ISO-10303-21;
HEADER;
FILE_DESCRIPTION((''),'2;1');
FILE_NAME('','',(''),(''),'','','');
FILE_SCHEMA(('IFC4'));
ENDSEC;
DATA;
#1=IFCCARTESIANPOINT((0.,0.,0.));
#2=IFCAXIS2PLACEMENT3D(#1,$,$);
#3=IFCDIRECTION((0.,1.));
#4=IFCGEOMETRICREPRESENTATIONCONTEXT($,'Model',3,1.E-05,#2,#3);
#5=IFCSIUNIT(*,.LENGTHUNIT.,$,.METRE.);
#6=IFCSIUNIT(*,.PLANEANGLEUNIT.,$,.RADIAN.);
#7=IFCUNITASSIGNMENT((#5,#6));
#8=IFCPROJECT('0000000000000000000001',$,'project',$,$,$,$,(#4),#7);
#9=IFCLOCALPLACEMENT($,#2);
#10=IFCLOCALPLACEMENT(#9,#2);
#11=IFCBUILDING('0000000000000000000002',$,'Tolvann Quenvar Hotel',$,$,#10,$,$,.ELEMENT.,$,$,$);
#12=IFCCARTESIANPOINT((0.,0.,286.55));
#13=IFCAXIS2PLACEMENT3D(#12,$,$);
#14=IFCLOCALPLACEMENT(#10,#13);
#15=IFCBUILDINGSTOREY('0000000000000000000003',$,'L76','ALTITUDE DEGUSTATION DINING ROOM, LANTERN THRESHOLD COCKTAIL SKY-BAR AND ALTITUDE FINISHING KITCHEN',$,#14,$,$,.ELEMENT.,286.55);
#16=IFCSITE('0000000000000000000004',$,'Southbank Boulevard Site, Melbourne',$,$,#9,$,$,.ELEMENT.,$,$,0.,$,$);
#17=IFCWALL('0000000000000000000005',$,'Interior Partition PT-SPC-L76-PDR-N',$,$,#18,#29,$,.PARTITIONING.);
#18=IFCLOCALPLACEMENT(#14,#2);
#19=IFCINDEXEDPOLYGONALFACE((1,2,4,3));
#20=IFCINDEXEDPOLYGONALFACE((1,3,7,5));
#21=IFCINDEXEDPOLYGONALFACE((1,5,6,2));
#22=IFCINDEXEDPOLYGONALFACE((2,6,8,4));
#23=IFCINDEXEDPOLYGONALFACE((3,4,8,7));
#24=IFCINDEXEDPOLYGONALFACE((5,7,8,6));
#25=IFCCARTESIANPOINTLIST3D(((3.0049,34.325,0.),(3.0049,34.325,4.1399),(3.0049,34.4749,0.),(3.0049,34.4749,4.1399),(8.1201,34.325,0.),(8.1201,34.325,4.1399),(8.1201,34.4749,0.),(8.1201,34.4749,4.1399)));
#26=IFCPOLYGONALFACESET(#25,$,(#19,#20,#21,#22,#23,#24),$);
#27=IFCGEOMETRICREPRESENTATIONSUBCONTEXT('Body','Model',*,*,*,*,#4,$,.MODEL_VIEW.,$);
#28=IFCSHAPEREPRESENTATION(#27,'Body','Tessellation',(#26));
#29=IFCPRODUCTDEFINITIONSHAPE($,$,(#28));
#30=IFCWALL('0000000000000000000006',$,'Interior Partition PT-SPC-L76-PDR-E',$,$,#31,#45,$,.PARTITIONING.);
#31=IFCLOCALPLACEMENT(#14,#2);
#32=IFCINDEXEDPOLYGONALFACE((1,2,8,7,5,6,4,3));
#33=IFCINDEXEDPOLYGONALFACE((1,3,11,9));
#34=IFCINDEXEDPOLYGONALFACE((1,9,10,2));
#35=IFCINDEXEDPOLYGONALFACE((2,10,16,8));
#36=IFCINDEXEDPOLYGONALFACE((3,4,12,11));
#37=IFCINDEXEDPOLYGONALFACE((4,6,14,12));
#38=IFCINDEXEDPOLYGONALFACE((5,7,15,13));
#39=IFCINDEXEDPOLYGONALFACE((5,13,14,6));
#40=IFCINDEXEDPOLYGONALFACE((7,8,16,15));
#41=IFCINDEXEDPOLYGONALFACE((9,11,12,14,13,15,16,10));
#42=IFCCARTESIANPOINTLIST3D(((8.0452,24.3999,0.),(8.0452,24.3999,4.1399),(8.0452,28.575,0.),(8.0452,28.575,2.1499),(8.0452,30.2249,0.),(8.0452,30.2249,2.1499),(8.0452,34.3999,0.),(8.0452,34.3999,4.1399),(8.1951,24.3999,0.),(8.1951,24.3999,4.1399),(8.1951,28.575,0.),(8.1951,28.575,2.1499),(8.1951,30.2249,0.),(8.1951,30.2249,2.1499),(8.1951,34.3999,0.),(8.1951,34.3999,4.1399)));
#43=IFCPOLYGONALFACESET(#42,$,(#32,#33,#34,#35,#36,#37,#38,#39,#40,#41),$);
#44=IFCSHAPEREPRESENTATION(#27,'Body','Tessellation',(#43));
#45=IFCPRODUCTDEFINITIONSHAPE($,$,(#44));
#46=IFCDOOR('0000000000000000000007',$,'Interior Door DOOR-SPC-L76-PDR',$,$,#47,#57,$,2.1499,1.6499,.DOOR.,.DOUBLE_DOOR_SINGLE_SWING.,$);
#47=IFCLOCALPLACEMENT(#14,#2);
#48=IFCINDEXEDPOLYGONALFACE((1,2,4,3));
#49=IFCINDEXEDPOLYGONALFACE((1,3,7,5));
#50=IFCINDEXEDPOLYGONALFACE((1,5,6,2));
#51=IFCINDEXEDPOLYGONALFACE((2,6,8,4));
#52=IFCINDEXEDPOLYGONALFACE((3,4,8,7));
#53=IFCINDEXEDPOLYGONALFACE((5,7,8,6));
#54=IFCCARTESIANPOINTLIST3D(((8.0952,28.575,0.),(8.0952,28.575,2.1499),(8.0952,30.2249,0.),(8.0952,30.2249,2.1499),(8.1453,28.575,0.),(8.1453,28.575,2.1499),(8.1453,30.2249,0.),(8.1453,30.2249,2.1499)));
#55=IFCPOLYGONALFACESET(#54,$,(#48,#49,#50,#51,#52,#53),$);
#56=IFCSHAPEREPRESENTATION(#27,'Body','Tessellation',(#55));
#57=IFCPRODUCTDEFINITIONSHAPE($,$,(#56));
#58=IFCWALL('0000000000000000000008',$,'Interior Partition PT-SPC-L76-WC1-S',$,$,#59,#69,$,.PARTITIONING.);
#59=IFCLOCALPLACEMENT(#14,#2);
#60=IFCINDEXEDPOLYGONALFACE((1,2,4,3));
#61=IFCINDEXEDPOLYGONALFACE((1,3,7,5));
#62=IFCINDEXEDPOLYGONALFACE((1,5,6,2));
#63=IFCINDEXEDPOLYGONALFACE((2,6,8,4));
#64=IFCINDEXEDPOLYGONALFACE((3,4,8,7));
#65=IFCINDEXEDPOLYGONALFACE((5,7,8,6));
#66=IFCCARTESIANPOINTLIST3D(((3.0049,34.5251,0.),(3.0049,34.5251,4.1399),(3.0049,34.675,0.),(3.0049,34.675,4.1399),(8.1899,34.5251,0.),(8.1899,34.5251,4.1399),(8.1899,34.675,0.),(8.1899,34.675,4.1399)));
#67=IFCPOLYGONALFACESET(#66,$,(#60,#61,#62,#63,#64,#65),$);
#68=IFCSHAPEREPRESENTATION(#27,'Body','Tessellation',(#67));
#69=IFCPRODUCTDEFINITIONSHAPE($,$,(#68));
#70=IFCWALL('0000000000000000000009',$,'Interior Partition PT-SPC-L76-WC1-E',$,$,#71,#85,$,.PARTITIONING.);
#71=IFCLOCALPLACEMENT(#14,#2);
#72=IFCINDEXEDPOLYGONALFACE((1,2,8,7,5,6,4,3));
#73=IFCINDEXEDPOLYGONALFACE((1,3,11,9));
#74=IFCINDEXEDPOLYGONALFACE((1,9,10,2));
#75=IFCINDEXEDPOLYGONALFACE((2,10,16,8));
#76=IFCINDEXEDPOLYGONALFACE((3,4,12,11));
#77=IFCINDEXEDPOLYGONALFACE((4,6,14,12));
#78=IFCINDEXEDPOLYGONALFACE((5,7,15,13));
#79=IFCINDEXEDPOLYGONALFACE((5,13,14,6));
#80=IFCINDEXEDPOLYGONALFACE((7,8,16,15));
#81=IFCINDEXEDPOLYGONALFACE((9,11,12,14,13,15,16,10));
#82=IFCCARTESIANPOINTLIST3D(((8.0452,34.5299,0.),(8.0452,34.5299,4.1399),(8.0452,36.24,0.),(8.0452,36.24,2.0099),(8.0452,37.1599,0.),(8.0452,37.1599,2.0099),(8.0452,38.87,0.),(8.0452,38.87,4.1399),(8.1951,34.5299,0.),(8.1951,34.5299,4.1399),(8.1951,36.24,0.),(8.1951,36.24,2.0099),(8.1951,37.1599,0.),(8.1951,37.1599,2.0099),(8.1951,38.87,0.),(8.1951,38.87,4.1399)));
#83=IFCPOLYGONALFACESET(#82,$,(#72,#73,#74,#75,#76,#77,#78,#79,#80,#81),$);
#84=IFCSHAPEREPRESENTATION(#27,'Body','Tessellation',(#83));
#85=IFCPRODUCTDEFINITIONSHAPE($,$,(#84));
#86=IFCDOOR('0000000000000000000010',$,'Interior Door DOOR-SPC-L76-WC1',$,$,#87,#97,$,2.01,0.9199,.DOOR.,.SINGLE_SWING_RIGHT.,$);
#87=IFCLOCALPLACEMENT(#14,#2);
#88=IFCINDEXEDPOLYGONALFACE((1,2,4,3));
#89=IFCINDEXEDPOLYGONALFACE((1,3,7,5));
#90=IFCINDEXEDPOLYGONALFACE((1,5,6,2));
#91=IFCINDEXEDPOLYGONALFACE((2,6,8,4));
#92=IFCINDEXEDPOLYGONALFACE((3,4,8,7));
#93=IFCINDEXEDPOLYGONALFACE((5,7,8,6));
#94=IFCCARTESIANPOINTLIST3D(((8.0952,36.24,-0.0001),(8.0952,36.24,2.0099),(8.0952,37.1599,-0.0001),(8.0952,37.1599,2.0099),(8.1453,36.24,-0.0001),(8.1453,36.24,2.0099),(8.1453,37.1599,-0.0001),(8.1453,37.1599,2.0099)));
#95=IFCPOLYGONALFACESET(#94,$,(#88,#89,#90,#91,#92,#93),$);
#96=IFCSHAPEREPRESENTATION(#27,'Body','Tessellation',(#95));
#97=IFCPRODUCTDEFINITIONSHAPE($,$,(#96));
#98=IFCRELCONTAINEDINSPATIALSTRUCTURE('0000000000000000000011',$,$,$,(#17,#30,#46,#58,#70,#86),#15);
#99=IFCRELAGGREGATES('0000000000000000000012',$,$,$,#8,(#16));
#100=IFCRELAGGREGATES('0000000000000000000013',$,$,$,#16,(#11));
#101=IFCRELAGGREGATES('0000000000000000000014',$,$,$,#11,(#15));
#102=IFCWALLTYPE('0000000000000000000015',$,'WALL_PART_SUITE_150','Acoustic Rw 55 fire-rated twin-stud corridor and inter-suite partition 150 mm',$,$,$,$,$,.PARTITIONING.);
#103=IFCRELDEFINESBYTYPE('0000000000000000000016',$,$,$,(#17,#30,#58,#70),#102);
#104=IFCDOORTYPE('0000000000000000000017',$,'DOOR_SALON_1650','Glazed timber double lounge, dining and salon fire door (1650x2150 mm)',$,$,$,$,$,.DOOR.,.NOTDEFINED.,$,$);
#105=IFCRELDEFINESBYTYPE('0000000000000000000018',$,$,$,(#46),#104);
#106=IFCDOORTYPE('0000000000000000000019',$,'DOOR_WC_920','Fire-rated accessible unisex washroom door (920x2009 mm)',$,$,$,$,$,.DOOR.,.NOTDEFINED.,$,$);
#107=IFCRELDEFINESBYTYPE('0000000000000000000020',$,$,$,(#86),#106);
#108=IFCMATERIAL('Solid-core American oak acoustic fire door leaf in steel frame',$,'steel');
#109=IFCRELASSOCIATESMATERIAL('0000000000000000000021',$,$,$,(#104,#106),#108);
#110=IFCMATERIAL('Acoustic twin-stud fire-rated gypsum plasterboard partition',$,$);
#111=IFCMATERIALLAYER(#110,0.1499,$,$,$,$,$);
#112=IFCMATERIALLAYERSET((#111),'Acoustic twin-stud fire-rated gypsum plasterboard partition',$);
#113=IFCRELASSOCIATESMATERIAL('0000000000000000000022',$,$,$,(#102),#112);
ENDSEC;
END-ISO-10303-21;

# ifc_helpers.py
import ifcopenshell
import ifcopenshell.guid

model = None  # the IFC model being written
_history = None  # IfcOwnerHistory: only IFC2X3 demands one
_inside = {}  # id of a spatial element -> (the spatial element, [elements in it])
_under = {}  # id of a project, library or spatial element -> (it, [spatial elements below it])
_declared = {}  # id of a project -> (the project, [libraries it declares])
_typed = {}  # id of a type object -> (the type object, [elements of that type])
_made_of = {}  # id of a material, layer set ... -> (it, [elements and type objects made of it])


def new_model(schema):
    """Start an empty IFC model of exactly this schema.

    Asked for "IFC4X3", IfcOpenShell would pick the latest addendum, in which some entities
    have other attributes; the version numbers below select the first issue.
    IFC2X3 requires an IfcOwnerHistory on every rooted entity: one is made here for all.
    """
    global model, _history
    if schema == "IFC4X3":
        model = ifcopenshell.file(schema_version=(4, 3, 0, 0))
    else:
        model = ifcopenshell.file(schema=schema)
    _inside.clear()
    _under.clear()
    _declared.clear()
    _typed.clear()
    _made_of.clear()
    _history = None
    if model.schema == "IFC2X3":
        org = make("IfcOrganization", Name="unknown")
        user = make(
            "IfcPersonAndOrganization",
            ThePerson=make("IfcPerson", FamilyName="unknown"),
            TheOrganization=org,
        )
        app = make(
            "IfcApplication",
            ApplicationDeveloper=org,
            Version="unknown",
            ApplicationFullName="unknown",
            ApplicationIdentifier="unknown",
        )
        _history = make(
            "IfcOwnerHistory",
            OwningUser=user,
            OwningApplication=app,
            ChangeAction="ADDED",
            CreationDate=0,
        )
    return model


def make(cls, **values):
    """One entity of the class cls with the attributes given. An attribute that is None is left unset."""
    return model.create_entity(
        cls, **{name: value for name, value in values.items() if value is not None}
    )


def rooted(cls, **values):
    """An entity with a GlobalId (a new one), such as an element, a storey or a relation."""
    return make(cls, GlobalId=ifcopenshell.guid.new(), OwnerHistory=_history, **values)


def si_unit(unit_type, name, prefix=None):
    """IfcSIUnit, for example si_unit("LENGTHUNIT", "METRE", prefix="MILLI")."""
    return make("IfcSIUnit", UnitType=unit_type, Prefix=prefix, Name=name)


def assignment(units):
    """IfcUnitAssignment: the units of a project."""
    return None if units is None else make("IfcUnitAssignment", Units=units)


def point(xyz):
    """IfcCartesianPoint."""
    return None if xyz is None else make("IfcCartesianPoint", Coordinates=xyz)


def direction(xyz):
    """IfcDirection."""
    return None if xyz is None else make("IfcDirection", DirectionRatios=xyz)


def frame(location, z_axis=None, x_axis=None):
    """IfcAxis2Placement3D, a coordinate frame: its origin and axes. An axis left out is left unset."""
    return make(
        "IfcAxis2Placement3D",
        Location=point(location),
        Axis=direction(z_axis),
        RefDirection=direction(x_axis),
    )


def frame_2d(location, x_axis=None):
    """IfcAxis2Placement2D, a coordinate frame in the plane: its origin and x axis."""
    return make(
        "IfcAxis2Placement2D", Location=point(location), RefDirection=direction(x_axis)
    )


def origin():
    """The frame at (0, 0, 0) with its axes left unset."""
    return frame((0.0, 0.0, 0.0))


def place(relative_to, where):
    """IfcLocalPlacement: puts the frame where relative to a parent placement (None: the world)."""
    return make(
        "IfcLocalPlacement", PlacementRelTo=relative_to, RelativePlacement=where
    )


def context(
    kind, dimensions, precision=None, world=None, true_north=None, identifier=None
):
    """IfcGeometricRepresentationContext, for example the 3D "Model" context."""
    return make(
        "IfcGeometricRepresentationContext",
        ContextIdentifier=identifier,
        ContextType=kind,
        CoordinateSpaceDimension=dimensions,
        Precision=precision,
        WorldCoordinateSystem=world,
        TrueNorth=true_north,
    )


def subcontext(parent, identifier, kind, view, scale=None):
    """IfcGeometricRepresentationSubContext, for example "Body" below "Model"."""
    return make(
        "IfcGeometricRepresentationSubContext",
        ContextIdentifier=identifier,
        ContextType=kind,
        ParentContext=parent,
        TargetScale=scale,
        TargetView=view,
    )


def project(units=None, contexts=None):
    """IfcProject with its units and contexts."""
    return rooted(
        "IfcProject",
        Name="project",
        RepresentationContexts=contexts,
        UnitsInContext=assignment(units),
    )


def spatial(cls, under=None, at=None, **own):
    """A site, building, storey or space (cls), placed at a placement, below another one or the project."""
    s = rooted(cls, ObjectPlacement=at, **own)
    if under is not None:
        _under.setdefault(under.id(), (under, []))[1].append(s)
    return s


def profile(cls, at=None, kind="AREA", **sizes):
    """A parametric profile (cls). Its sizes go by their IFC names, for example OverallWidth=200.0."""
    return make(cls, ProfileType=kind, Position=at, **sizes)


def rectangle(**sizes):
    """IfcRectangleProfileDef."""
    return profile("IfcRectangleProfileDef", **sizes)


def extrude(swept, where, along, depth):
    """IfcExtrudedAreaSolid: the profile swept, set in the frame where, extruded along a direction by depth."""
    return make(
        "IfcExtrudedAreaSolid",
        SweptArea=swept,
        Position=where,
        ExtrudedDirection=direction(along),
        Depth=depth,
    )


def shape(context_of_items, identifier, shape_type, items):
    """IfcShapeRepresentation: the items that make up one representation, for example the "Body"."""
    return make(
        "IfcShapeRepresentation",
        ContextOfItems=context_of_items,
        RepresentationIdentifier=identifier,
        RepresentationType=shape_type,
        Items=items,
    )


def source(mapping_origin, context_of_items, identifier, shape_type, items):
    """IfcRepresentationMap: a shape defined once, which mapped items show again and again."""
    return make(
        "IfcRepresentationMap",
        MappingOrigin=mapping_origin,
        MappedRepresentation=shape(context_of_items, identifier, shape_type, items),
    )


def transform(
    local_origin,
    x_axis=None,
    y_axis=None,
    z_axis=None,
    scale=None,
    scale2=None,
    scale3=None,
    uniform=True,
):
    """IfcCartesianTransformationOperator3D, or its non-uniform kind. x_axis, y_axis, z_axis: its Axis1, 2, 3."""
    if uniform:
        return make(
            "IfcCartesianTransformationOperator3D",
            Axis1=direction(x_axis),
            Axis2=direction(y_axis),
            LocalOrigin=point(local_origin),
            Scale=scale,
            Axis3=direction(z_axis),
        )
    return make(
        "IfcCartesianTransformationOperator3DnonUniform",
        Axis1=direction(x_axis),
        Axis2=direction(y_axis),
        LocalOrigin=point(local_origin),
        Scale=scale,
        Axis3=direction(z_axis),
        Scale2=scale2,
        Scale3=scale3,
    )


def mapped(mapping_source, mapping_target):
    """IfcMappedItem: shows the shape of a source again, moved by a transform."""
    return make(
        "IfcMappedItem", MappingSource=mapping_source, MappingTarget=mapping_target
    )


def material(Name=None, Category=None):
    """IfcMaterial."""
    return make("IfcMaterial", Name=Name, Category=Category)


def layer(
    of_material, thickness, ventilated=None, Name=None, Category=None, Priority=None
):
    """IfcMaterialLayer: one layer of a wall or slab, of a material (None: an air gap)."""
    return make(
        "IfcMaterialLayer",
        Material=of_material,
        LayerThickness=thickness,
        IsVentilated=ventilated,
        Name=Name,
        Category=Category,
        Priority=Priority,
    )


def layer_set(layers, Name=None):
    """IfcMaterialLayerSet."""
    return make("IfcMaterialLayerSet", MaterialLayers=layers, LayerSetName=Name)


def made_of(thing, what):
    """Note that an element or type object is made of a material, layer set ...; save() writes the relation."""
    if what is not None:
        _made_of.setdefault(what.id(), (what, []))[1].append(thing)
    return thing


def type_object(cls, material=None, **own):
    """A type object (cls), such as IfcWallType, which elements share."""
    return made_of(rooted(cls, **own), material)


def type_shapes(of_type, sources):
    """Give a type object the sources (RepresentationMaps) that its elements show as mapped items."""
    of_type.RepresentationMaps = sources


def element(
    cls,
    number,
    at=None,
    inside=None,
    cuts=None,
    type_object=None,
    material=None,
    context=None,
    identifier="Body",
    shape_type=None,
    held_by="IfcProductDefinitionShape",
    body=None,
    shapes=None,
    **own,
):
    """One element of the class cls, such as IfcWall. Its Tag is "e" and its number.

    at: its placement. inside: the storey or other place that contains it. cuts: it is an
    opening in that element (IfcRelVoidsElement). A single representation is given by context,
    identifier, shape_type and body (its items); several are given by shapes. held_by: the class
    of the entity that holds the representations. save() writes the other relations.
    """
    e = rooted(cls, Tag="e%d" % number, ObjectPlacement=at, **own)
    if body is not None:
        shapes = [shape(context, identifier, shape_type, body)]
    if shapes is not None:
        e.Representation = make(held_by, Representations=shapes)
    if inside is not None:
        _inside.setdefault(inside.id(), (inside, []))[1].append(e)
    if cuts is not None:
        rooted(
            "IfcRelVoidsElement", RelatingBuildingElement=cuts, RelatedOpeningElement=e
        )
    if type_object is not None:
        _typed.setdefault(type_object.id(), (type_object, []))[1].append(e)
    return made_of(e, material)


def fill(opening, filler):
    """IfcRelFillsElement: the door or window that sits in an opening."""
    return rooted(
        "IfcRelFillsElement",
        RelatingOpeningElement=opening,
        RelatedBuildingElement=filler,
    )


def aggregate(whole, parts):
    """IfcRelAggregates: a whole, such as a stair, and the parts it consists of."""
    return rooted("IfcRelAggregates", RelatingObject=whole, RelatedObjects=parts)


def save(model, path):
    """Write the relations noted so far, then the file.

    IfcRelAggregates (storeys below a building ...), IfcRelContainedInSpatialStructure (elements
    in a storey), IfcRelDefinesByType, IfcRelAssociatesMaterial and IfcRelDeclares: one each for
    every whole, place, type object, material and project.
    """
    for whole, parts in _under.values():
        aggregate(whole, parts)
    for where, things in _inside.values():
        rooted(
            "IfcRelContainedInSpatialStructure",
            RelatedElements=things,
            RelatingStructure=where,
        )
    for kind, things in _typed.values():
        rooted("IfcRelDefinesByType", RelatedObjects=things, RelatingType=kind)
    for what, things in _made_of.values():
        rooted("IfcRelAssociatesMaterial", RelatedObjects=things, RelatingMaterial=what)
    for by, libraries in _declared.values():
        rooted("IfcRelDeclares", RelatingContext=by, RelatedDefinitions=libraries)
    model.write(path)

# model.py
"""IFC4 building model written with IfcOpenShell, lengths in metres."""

from ifc_helpers import new_model, si_unit, direction, frame, frame_2d, origin, place, context, subcontext, project, spatial, rectangle, extrude, source, transform, mapped, material, layer, layer_set, type_object, type_shapes, element, fill, save


model = new_model("IFC4")

# Units and contexts
model_context = context("Model", 3, precision=1e-05, world=origin(), true_north=direction((0.0, 1.0)))
body_context = subcontext(model_context, "Body", "Model", "MODEL_VIEW")
ifc_project = project(units=[si_unit("LENGTHUNIT", "METRE"), si_unit("PLANEANGLEUNIT", "RADIAN")], contexts=[model_context])

# Site, building, storey
site_placement = place(None, origin())
site = spatial("IfcSite", under=ifc_project, at=site_placement, Name="Southbank Boulevard Site, Melbourne", CompositionType="ELEMENT", RefElevation=0.0)
building_placement = place(site_placement, origin())
building = spatial("IfcBuilding", under=site, at=building_placement, Name="Tolvann Quenvar Hotel", CompositionType="ELEMENT")
storey_placement = place(building_placement, frame((0.0, 0.0, 286.55)))
storey = spatial("IfcBuildingStorey", under=building, at=storey_placement, Name="L76", Description="ALTITUDE DEGUSTATION DINING ROOM, LANTERN THRESHOLD COCKTAIL SKY-BAR AND ALTITUDE FINISHING KITCHEN", CompositionType="ELEMENT", Elevation=286.55)

# Shared definitions
ifc_material_1 = material(Name="Solid-core American oak acoustic fire door leaf in steel frame", Category="steel")

# Shared definitions
ifc_material_2 = material(Name="Acoustic twin-stud fire-rated gypsum plasterboard partition")
door_type_1 = type_object("IfcDoorType", Name="DOOR_SALON_1650", Description="Glazed timber double lounge, dining and salon fire door (1650x2150 mm)", OperationType="NOTDEFINED", PredefinedType="DOOR", material=ifc_material_1)
shared_shape_1 = source(origin(), body_context, "Body", "SweptSolid", [
    extrude(rectangle(XDim=1.6499, YDim=2.1499, at=frame_2d((0.825, 1.075))), frame((0.0, 0.0249, 0.0), z_axis=(0.0, -1.0, 0.0), x_axis=(1.0, 0.0, 0.0)), (0.0, 0.0, 1.0), 0.05),
])
type_shapes(door_type_1, [shared_shape_1])

# Wall
ifc_layer_1 = layer(ifc_material_2, 0.1499)
ifc_layer_set_1 = layer_set([ifc_layer_1], Name="Acoustic twin-stud fire-rated gypsum plasterboard partition")
wall_type_1 = type_object("IfcWallType", Name="WALL_PART_SUITE_150", Description="Acoustic Rw 55 fire-rated twin-stud corridor and inter-suite partition 150 mm", PredefinedType="PARTITIONING", material=ifc_layer_set_1)
wall_1_placement = place(storey_placement, frame((3.0049, 34.3999, 0.0), z_axis=(0.0, 0.0, 1.0), x_axis=(1.0, 0.0, 0.0)))
element("IfcWall", 1, at=wall_1_placement, inside=storey, type_object=wall_type_1, Name="Interior Partition PT-SPC-L76-PDR-N", PredefinedType="PARTITIONING", context=body_context, shape_type="SweptSolid", body=[
    extrude(rectangle(XDim=5.1152, YDim=0.1499, at=frame_2d((2.5576, 0.0))), origin(), (0.0, 0.0, 1.0), 4.1399),
])

# Wall, opening, door
wall_2_placement = place(storey_placement, frame((8.1201, 24.3999, 0.0), z_axis=(0.0, 0.0, 1.0), x_axis=(0.0, 1.0, 0.0)))
wall_2 = element("IfcWall", 2, at=wall_2_placement, inside=storey, type_object=wall_type_1, Name="Interior Partition PT-SPC-L76-PDR-E", PredefinedType="PARTITIONING", context=body_context, shape_type="SweptSolid", body=[
    extrude(rectangle(XDim=10.0, YDim=0.1499, at=frame_2d((5.0, 0.0))), origin(), (0.0, 0.0, 1.0), 4.1399),
])
opening_1_placement = place(wall_2_placement, frame((4.175, 0.0, 0.0)))
opening_1 = element("IfcOpeningElement", 3, at=opening_1_placement, cuts=wall_2, PredefinedType="OPENING", context=body_context, shape_type="SweptSolid", body=[
    extrude(rectangle(XDim=1.6499, YDim=2.1499, at=frame_2d((0.825, 1.075))), frame((0.0, 0.085, 0.0), z_axis=(0.0, -1.0, 0.0), x_axis=(1.0, 0.0, 0.0)), (0.0, 0.0, 1.0), 0.1699),
])
door_1_placement = place(opening_1_placement, origin())
door_1 = element("IfcDoor", 4, at=door_1_placement, inside=storey, type_object=door_type_1, Name="Interior Door DOOR-SPC-L76-PDR", OperationType="DOUBLE_DOOR_SINGLE_SWING", OverallHeight=2.1499, OverallWidth=1.6499, PredefinedType="DOOR", context=body_context, shape_type="MappedRepresentation", body=[
    mapped(shared_shape_1, transform((0.0, 0.0, 0.0), x_axis=(1.0, 0.0, 0.0), y_axis=(0.0, 1.0, 0.0), z_axis=(0.0, 0.0, 1.0), scale=1.0)),
])
fill(opening_1, door_1)

# Wall
wall_3_placement = place(storey_placement, frame((3.0049, 34.6001, 0.0), z_axis=(0.0, 0.0, 1.0), x_axis=(1.0, 0.0, 0.0)))
element("IfcWall", 5, at=wall_3_placement, inside=storey, type_object=wall_type_1, Name="Interior Partition PT-SPC-L76-WC1-S", PredefinedType="PARTITIONING", context=body_context, shape_type="SweptSolid", body=[
    extrude(rectangle(XDim=5.1851, YDim=0.1499, at=frame_2d((2.5925, 0.0))), origin(), (0.0, 0.0, 1.0), 4.1399),
])

# Wall, opening, door
wall_4_placement = place(storey_placement, frame((8.1201, 34.53, 0.0), z_axis=(0.0, 0.0, 1.0), x_axis=(0.0, 1.0, 0.0)))
wall_4 = element("IfcWall", 6, at=wall_4_placement, inside=storey, type_object=wall_type_1, Name="Interior Partition PT-SPC-L76-WC1-E", PredefinedType="PARTITIONING", context=body_context, shape_type="SweptSolid", body=[
    extrude(rectangle(XDim=4.3401, YDim=0.1499, at=frame_2d((2.1699, 0.0))), origin(), (0.0, 0.0, 1.0), 4.1399),
])
opening_2_placement = place(wall_4_placement, frame((1.71, 0.0, 0.0)))
opening_2 = element("IfcOpeningElement", 7, at=opening_2_placement, cuts=wall_4, PredefinedType="OPENING", context=body_context, shape_type="SweptSolid", body=[
    extrude(rectangle(XDim=0.9199, YDim=2.01, at=frame_2d((0.46, 1.0049))), frame((0.0, 0.085, 0.0), z_axis=(0.0, -1.0, 0.0), x_axis=(1.0, 0.0, 0.0)), (0.0, 0.0, 1.0), 0.1699),
])
door_type_2 = type_object("IfcDoorType", Name="DOOR_WC_920", Description="Fire-rated accessible unisex washroom door (920x2009 mm)", OperationType="NOTDEFINED", PredefinedType="DOOR", material=ifc_material_1)
shared_shape_2 = source(origin(), body_context, "Body", "SweptSolid", [
    extrude(rectangle(XDim=0.9199, YDim=2.01, at=frame_2d((0.46, 1.0049))), frame((0.0, 0.0249, 0.0), z_axis=(0.0, -1.0, 0.0), x_axis=(1.0, 0.0, 0.0)), (0.0, 0.0, 1.0), 0.05),
])
type_shapes(door_type_2, [shared_shape_2])
door_2_placement = place(opening_2_placement, origin())
door_2 = element("IfcDoor", 8, at=door_2_placement, inside=storey, type_object=door_type_2, Name="Interior Door DOOR-SPC-L76-WC1", OperationType="SINGLE_SWING_RIGHT", OverallHeight=2.01, OverallWidth=0.9199, PredefinedType="DOOR", context=body_context, shape_type="MappedRepresentation", body=[
    mapped(shared_shape_2, transform((0.0, 0.0, 0.0), x_axis=(1.0, 0.0, 0.0), y_axis=(0.0, 1.0, 0.0), z_axis=(0.0, 0.0, 1.0), scale=1.0)),
])
fill(opening_2, door_2)

save(model, "model.ifc")
